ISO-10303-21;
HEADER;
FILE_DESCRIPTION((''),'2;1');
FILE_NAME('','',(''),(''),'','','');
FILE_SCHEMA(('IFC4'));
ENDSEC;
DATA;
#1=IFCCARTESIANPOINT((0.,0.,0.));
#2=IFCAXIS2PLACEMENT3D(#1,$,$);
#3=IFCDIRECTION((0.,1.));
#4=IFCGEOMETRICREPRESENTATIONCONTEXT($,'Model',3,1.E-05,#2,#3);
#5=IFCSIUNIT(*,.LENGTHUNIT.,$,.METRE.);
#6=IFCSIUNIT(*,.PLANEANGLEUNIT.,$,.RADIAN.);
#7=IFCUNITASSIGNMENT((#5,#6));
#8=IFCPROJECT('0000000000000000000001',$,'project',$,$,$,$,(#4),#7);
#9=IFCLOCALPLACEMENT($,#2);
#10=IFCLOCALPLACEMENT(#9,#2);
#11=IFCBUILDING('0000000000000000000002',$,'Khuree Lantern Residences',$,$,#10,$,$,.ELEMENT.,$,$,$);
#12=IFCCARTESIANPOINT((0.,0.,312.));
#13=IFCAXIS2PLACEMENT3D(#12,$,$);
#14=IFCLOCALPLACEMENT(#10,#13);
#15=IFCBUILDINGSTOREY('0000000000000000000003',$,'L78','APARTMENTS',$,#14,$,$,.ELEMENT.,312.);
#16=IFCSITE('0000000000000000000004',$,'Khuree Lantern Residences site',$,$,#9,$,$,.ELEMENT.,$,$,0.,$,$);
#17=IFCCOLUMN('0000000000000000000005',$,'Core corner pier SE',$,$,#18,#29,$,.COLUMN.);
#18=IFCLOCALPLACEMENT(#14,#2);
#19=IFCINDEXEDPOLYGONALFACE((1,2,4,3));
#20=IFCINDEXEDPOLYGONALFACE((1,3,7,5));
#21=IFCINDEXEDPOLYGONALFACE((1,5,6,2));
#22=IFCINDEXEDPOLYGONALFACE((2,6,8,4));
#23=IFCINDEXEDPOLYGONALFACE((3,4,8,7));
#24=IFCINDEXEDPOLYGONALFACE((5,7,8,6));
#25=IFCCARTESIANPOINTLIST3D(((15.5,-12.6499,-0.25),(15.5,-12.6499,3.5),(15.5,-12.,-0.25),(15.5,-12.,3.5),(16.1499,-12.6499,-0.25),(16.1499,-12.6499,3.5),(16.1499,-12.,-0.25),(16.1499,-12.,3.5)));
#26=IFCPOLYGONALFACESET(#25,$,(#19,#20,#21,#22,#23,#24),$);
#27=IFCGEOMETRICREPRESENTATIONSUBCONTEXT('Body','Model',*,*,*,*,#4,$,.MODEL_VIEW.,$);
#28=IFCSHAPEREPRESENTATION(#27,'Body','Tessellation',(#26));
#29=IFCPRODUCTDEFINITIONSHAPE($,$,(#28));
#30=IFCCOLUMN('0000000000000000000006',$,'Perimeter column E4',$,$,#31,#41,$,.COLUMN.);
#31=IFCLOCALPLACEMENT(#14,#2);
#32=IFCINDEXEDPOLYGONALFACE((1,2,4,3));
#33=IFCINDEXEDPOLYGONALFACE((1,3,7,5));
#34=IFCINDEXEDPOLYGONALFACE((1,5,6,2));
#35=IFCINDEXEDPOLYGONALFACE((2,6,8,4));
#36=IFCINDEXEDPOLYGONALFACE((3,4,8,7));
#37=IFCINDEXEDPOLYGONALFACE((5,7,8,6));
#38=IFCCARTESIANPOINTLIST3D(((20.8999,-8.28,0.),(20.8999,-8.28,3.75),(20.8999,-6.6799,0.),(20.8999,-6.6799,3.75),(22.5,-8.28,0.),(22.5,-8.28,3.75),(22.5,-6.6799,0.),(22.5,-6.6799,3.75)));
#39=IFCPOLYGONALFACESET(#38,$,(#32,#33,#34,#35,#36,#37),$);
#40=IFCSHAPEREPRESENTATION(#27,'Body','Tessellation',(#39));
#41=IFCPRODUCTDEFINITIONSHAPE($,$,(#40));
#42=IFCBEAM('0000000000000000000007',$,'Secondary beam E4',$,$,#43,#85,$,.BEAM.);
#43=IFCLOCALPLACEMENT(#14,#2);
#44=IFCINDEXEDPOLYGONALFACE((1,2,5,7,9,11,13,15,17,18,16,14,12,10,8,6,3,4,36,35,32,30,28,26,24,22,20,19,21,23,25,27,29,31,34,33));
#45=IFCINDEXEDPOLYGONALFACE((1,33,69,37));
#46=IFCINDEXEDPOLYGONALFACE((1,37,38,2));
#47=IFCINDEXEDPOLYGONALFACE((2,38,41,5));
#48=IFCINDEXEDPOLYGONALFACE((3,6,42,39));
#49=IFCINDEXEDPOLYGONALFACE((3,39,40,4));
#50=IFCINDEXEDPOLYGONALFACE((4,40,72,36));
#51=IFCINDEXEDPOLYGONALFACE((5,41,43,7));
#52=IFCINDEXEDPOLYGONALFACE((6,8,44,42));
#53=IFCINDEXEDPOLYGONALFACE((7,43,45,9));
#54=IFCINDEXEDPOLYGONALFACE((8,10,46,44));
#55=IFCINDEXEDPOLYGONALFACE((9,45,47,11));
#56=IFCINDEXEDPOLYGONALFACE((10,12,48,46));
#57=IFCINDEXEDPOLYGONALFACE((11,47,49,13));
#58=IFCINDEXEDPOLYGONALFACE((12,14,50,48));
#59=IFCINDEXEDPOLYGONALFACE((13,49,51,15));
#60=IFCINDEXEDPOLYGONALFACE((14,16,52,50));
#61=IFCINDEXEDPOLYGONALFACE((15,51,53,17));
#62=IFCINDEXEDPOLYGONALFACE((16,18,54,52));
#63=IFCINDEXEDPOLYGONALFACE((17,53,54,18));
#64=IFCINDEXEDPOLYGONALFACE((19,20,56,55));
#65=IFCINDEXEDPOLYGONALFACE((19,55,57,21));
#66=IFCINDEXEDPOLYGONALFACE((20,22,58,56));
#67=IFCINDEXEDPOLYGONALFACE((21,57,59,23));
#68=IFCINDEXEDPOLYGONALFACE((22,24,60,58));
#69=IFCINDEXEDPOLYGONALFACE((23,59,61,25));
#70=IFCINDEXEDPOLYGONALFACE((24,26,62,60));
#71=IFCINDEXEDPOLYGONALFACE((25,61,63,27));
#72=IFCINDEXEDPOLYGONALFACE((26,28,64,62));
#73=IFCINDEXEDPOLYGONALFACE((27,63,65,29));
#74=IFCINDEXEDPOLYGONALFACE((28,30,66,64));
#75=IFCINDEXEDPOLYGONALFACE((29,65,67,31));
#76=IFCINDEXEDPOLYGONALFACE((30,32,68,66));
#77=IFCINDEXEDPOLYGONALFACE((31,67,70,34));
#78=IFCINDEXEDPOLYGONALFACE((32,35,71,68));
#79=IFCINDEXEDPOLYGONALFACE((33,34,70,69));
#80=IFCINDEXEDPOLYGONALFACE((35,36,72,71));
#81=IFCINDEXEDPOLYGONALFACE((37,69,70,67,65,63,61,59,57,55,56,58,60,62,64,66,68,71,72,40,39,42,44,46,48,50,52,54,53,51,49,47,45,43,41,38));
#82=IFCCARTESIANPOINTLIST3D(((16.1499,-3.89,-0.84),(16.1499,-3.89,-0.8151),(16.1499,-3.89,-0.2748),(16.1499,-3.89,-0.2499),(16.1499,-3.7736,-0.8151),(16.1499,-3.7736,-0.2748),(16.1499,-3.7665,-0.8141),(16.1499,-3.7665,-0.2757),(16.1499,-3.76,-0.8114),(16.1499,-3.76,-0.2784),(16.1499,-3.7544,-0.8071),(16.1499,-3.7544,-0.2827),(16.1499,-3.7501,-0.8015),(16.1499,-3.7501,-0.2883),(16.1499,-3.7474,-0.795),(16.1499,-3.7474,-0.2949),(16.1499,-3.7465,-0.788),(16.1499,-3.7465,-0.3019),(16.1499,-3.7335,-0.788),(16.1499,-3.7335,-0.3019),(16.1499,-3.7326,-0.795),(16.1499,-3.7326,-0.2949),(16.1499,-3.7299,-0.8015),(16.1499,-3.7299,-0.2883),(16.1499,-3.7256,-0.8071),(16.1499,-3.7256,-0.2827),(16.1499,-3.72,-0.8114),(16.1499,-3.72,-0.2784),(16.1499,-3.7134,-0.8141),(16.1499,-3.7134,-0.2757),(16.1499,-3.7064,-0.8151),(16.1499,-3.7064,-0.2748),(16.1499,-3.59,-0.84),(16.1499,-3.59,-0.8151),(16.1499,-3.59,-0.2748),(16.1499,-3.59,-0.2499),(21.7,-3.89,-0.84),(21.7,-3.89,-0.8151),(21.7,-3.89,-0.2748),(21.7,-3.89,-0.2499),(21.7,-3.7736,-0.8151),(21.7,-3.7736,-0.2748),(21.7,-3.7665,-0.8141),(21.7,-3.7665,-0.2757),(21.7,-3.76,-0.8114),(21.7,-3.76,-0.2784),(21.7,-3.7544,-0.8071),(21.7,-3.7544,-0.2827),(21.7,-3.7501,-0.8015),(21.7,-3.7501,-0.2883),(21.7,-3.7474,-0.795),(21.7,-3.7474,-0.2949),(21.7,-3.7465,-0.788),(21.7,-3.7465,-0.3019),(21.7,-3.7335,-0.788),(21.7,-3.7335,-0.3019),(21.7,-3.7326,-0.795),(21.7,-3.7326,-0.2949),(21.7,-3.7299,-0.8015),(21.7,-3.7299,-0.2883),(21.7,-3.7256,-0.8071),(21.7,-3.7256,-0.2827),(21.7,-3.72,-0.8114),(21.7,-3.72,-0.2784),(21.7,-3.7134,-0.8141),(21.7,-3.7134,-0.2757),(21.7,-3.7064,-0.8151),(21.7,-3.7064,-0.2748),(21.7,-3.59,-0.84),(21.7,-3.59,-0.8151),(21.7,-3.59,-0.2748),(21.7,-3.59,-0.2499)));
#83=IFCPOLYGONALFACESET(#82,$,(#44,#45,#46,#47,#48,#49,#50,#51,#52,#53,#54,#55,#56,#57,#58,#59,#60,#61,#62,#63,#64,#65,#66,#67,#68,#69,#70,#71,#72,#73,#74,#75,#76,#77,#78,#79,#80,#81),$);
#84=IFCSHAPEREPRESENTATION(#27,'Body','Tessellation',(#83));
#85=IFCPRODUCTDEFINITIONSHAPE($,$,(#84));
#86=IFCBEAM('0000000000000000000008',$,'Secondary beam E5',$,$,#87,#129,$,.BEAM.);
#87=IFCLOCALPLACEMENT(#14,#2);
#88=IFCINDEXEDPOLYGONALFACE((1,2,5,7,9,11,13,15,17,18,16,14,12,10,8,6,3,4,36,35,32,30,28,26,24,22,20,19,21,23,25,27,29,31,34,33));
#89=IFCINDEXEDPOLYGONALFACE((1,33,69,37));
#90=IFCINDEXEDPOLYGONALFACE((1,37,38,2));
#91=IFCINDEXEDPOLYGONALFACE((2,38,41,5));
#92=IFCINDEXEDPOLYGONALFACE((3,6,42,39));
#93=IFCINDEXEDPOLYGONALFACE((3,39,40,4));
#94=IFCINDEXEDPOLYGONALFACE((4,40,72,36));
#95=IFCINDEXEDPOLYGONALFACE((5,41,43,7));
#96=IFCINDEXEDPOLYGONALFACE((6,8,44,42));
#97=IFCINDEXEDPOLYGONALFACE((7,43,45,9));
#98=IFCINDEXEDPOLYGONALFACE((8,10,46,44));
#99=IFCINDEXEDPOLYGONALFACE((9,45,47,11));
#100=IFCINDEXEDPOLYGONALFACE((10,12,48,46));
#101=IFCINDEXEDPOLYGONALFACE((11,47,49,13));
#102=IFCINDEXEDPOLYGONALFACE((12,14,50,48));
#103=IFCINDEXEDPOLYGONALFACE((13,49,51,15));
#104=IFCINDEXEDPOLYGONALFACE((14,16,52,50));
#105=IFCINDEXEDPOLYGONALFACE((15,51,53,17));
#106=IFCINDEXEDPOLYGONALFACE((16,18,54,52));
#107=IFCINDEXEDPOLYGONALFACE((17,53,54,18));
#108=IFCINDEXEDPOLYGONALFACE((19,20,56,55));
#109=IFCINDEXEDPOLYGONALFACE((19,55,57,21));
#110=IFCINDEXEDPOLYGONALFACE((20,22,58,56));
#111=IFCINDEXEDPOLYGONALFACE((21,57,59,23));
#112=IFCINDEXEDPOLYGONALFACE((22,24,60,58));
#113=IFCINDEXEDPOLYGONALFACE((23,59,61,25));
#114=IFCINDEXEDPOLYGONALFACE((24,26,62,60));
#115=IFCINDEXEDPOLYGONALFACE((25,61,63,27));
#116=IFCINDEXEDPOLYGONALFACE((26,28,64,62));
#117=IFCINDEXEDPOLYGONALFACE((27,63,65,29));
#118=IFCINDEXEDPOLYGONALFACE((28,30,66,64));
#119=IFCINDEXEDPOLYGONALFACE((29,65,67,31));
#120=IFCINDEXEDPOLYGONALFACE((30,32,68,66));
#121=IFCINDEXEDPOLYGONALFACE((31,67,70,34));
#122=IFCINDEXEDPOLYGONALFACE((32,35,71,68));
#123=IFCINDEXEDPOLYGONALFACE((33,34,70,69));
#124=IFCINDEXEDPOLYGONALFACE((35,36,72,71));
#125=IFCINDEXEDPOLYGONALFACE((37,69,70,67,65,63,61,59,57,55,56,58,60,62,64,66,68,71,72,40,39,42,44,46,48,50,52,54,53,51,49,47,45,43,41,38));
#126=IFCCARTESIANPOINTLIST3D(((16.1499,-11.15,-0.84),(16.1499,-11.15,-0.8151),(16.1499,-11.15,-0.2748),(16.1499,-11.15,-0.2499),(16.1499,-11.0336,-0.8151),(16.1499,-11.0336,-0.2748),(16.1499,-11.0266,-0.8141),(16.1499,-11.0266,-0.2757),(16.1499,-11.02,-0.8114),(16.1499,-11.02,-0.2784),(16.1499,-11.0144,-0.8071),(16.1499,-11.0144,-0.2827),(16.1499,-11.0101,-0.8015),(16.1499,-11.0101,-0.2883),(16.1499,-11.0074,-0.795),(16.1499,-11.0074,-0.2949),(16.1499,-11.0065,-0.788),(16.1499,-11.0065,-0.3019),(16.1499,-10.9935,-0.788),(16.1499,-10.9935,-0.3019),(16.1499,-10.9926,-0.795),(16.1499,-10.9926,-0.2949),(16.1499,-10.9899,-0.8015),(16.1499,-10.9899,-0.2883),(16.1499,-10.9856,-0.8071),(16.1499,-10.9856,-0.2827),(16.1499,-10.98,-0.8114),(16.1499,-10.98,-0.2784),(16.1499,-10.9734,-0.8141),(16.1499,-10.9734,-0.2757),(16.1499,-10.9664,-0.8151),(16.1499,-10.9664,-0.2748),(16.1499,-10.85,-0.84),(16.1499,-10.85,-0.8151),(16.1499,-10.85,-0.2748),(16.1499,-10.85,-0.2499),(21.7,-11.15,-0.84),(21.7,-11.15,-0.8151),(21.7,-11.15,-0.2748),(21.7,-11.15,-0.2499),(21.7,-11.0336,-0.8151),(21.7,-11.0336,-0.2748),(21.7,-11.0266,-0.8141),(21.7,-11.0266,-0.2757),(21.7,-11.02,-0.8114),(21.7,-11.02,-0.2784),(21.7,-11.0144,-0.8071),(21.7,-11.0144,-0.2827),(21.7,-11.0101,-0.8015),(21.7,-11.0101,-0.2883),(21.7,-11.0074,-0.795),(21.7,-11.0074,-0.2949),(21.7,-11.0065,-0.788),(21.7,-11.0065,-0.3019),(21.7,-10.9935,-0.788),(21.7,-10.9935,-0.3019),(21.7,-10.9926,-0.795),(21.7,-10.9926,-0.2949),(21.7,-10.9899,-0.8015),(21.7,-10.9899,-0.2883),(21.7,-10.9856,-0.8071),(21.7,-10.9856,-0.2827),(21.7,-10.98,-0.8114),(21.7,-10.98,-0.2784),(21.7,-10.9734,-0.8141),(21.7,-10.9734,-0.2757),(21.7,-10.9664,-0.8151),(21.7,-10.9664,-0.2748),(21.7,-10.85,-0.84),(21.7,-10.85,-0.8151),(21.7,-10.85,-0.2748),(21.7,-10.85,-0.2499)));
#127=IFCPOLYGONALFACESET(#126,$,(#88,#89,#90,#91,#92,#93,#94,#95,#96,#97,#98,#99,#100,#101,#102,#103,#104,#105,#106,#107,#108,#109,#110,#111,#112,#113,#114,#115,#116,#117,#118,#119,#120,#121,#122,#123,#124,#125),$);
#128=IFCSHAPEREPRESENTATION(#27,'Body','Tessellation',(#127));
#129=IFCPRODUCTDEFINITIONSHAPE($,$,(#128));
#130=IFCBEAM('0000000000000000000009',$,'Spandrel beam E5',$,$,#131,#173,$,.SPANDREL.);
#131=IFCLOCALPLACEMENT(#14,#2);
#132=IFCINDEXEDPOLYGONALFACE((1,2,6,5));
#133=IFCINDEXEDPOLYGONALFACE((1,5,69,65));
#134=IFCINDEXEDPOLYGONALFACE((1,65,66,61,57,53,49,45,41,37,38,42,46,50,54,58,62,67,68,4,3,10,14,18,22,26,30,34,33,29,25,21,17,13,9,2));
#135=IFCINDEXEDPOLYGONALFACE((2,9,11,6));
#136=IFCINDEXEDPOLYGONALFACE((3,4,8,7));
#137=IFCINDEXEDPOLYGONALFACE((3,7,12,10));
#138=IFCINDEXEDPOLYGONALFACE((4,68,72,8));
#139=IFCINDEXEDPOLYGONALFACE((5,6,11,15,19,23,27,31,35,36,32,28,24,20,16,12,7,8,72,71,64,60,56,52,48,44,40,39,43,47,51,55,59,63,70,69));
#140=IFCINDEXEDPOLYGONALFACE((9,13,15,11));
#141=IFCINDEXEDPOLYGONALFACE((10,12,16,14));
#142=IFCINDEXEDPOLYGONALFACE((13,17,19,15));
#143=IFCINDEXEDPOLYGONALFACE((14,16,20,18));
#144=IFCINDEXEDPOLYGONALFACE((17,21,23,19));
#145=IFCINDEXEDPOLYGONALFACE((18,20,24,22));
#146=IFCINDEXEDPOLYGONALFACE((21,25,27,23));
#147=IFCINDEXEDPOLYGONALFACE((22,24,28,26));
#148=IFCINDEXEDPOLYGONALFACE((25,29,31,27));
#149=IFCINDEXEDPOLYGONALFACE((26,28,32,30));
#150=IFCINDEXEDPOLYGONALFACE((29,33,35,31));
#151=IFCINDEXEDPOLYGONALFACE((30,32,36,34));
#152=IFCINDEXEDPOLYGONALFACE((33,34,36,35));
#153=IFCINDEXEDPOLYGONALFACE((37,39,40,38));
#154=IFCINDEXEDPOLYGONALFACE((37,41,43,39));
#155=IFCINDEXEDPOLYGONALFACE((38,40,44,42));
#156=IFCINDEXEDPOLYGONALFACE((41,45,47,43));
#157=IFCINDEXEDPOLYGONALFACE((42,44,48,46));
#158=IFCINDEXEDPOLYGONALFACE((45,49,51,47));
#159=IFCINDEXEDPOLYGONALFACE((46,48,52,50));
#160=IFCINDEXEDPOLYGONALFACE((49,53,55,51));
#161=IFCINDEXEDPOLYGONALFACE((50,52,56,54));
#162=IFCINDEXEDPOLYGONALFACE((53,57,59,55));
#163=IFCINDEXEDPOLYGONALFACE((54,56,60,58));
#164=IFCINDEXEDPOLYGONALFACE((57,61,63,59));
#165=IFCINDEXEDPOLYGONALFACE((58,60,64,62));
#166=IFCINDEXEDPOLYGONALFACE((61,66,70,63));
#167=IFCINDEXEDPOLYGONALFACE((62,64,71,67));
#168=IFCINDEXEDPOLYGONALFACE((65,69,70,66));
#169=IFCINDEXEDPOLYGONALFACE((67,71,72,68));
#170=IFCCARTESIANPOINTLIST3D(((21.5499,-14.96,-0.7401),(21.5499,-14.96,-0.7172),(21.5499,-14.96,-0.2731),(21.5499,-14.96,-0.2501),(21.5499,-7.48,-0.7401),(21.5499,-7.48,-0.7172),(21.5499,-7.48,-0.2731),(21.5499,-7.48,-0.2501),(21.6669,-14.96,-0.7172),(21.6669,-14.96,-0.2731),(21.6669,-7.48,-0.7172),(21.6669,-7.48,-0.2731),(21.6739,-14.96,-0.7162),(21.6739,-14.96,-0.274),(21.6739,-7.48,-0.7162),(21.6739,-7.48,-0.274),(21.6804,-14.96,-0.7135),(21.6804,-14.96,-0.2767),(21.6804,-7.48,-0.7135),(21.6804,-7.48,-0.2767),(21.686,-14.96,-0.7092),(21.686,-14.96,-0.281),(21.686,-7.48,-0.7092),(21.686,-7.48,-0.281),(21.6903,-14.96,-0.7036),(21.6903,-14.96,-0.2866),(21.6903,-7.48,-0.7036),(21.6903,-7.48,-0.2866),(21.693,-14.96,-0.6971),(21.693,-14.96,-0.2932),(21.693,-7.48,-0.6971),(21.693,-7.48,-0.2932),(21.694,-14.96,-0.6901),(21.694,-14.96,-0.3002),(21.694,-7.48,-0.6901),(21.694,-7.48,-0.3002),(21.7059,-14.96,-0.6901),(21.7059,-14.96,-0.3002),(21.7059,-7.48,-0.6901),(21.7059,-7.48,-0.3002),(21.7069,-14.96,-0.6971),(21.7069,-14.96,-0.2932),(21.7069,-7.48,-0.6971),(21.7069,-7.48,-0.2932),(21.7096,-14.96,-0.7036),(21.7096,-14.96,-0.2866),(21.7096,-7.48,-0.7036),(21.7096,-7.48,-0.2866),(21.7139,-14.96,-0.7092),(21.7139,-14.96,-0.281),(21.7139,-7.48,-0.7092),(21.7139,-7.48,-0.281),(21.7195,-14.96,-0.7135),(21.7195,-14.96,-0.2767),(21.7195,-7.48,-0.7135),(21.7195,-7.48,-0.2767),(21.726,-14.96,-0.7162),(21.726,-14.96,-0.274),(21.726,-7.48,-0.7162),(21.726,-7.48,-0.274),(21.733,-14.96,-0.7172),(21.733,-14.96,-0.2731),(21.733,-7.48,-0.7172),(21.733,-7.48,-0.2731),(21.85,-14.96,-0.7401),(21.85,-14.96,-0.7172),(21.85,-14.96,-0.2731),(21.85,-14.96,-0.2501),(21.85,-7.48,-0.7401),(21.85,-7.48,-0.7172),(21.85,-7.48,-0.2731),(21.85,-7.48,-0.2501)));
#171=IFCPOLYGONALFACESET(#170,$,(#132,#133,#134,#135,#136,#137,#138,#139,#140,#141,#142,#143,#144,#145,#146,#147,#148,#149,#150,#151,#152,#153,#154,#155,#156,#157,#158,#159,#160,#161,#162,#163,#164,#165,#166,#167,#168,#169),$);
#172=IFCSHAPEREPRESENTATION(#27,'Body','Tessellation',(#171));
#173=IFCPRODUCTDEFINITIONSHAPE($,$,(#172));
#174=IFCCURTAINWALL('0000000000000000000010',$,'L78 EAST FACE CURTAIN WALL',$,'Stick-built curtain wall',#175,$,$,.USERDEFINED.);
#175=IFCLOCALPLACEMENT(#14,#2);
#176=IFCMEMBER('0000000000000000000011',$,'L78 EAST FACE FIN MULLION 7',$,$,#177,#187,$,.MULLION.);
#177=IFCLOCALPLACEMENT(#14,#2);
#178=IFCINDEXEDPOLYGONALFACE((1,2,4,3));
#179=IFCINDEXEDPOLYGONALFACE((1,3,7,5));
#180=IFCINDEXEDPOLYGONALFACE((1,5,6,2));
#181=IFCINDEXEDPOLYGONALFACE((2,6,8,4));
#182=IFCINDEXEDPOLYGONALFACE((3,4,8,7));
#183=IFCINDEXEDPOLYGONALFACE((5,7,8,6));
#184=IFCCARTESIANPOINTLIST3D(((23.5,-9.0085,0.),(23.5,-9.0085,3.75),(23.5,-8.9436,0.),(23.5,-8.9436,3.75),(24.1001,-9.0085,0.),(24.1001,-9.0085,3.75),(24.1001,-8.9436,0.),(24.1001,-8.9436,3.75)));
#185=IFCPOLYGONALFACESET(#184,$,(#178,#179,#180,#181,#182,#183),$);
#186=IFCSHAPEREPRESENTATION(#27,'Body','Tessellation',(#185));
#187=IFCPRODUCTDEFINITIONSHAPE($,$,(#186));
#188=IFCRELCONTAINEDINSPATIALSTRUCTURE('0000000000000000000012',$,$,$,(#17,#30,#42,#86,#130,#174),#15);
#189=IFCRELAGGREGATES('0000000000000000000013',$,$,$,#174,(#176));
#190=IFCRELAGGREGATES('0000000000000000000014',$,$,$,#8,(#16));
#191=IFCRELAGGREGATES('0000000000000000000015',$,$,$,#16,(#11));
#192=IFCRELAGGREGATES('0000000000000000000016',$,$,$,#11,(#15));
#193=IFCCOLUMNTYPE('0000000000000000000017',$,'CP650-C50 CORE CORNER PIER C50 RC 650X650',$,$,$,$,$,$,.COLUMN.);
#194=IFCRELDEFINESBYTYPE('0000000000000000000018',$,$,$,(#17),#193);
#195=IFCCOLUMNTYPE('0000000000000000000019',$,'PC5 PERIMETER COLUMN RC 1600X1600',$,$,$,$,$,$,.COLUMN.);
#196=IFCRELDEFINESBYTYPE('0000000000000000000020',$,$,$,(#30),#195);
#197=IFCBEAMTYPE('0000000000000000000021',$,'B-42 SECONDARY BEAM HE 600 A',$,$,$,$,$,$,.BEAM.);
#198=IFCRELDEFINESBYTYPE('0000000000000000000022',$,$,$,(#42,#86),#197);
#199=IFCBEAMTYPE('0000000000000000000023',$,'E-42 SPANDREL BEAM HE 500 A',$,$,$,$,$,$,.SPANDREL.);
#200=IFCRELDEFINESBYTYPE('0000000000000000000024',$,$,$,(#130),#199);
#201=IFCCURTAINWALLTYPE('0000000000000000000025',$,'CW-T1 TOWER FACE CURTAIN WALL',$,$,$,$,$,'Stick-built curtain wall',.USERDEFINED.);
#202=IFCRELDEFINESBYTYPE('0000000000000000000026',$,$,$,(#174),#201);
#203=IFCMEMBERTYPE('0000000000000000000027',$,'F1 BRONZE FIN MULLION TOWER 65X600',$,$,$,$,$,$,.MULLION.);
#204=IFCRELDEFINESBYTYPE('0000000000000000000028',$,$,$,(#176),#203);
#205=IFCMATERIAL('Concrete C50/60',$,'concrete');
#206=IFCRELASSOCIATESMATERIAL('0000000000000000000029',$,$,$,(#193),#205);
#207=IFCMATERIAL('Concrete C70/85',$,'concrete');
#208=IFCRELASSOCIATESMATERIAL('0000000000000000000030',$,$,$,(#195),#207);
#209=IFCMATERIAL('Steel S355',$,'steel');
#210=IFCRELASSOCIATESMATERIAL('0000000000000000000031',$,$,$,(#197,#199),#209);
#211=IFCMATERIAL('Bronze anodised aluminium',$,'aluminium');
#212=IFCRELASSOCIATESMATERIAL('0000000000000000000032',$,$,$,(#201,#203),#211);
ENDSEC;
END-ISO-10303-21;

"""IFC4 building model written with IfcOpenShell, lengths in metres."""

from ifc_helpers import new_model, si_unit, direction, frame, origin, origin_2d, place, context, subcontext, project, spatial, rectangle, i_section, extrude, material, material_profile, profile_set, type_object, element, aggregate, save


model = new_model("IFC4")

# Units and contexts
model_context = context("Model", 3, precision=1e-05, world=origin(), true_north=direction((0.0, 1.0)))
body_context = subcontext(model_context, "Body", "Model", "MODEL_VIEW")
ifc_project = project(units=[si_unit("LENGTHUNIT", "METRE"), si_unit("PLANEANGLEUNIT", "RADIAN")], contexts=[model_context])

# Site, building, storey
site_placement = place(None, origin())
site = spatial("IfcSite", under=ifc_project, at=site_placement, Name="Khuree Lantern Residences site", CompositionType="ELEMENT", RefElevation=0.0)
building_placement = place(site_placement, origin())
building = spatial("IfcBuilding", under=site, at=building_placement, Name="Khuree Lantern Residences", CompositionType="ELEMENT")
storey_placement = place(building_placement, frame((0.0, 0.0, 312.0)))
storey = spatial("IfcBuildingStorey", under=building, at=storey_placement, Name="L78", Description="APARTMENTS", CompositionType="ELEMENT", Elevation=312.0)

# Columns
ifc_material_1 = material(Name="Concrete C50/60", Category="concrete")
ifc_material_profile_1 = material_profile(ifc_material_1, rectangle(XDim=0.6499, YDim=0.6499, at=origin_2d()), Name="RC 650X650")
ifc_profile_set_1 = profile_set([ifc_material_profile_1], Name="Concrete C50/60")
column_type_1 = type_object("IfcColumnType", Name="CP650-C50 CORE CORNER PIER C50 RC 650X650", PredefinedType="COLUMN", material=ifc_profile_set_1)
column_1_placement = place(storey_placement, frame((15.825, -12.325, -0.25), z_axis=(0.0, 0.0, 1.0), x_axis=(1.0, 0.0, 0.0)))
element("IfcColumn", 1, at=column_1_placement, inside=storey, type_object=column_type_1, Name="Core corner pier SE", PredefinedType="COLUMN", context=body_context, shape_type="SweptSolid", body=[
    extrude(rectangle(XDim=0.6499, YDim=0.6499, at=origin_2d()), origin(), (0.0, 0.0, 1.0), 3.75),
])
ifc_material_2 = material(Name="Concrete C70/85", Category="concrete")
ifc_material_profile_2 = material_profile(ifc_material_2, rectangle(XDim=1.6001, YDim=1.6001, at=origin_2d()), Name="RC 1600X1600")
ifc_profile_set_2 = profile_set([ifc_material_profile_2], Name="Concrete C70/85")
column_type_2 = type_object("IfcColumnType", Name="PC5 PERIMETER COLUMN RC 1600X1600", PredefinedType="COLUMN", material=ifc_profile_set_2)
column_2_placement = place(storey_placement, frame((21.7, -7.48, 0.0), z_axis=(0.0, 0.0, 1.0), x_axis=(0.0, 1.0, 0.0)))
element("IfcColumn", 2, at=column_2_placement, inside=storey, type_object=column_type_2, Name="Perimeter column E4", PredefinedType="COLUMN", context=body_context, shape_type="SweptSolid", body=[
    extrude(rectangle(XDim=1.6001, YDim=1.6001, at=origin_2d()), origin(), (0.0, 0.0, 1.0), 3.75),
])

# Beams
ifc_material_3 = material(Name="Steel S355", Category="steel")
ifc_material_profile_3 = material_profile(ifc_material_3, i_section(OverallWidth=0.3, OverallDepth=0.5901, WebThickness=0.0129, FlangeThickness=0.0249, FilletRadius=0.0271, at=origin_2d()), Name="HE 600 A")
ifc_profile_set_3 = profile_set([ifc_material_profile_3], Name="Steel S355")
beam_type_1 = type_object("IfcBeamType", Name="B-42 SECONDARY BEAM HE 600 A", PredefinedType="BEAM", material=ifc_profile_set_3)
for number, where, z_axis, x_axis, name in (
    (3, (21.7, -3.74, -0.5449), (-1.0, 0.0, 0.0), (0.0, -1.0, 0.0), "Secondary beam E4"),
    (4, (21.7, -11.0, -0.5449), (-1.0, 0.0, 0.0), (0.0, -1.0, 0.0), "Secondary beam E5"),
):
    element("IfcBeam", number, at=place(storey_placement, frame(where, z_axis=z_axis, x_axis=x_axis)), inside=storey, type_object=beam_type_1, Name=name, PredefinedType="BEAM", context=body_context, shape_type="SweptSolid", body=[
        extrude(i_section(OverallWidth=0.3, OverallDepth=0.5901, WebThickness=0.0129, FlangeThickness=0.0249, FilletRadius=0.0271, at=origin_2d()), origin(), (0.0, 0.0, 1.0), 5.55),
    ])
ifc_material_profile_4 = material_profile(ifc_material_3, i_section(OverallWidth=0.3, OverallDepth=0.49, WebThickness=0.012, FlangeThickness=0.0229, FilletRadius=0.0271, at=origin_2d()), Name="HE 500 A")
ifc_profile_set_4 = profile_set([ifc_material_profile_4], Name="Steel S355")
beam_type_2 = type_object("IfcBeamType", Name="E-42 SPANDREL BEAM HE 500 A", PredefinedType="SPANDREL", material=ifc_profile_set_4)
beam_1_placement = place(storey_placement, frame((21.7, -7.48, -0.4951), z_axis=(0.0, -1.0, 0.0), x_axis=(1.0, 0.0, 0.0)))
element("IfcBeam", 5, at=beam_1_placement, inside=storey, type_object=beam_type_2, Name="Spandrel beam E5", PredefinedType="SPANDREL", context=body_context, shape_type="SweptSolid", body=[
    extrude(i_section(OverallWidth=0.3, OverallDepth=0.49, WebThickness=0.012, FlangeThickness=0.0229, FilletRadius=0.0271, at=origin_2d()), origin(), (0.0, 0.0, 1.0), 7.48),
])

# Curtain wall, member
ifc_material_4 = material(Name="Bronze anodised aluminium", Category="aluminium")
curtain_wall_type = type_object("IfcCurtainWallType", Name="CW-T1 TOWER FACE CURTAIN WALL", ElementType="Stick-built curtain wall", PredefinedType="USERDEFINED", material=ifc_material_4)
curtain_wall_placement = place(storey_placement, origin())
curtain_wall = element("IfcCurtainWall", 6, at=curtain_wall_placement, inside=storey, type_object=curtain_wall_type, Name="L78 EAST FACE CURTAIN WALL", ObjectType="Stick-built curtain wall", PredefinedType="USERDEFINED")
ifc_material_profile_5 = material_profile(ifc_material_4, rectangle(XDim=0.0649, YDim=0.6001, at=origin_2d()), Name="F1 65X600")
ifc_profile_set_5 = profile_set([ifc_material_profile_5], Name="Bronze anodised aluminium")
member_type_1 = type_object("IfcMemberType", Name="F1 BRONZE FIN MULLION TOWER 65X600", PredefinedType="MULLION", material=ifc_profile_set_5)
member_1_placement = place(storey_placement, frame((23.8, -8.9761, 0.0), z_axis=(0.0, 0.0, 1.0), x_axis=(0.0, 1.0, 0.0)))
member_1 = element("IfcMember", 7, at=member_1_placement, type_object=member_type_1, Name="L78 EAST FACE FIN MULLION 7", PredefinedType="MULLION", context=body_context, shape_type="SweptSolid", body=[
    extrude(rectangle(XDim=0.0649, YDim=0.6001, at=origin_2d()), origin(), (0.0, 0.0, 1.0), 3.75),
])

aggregate(curtain_wall, [member_1])

save(model, "model.ifc")
